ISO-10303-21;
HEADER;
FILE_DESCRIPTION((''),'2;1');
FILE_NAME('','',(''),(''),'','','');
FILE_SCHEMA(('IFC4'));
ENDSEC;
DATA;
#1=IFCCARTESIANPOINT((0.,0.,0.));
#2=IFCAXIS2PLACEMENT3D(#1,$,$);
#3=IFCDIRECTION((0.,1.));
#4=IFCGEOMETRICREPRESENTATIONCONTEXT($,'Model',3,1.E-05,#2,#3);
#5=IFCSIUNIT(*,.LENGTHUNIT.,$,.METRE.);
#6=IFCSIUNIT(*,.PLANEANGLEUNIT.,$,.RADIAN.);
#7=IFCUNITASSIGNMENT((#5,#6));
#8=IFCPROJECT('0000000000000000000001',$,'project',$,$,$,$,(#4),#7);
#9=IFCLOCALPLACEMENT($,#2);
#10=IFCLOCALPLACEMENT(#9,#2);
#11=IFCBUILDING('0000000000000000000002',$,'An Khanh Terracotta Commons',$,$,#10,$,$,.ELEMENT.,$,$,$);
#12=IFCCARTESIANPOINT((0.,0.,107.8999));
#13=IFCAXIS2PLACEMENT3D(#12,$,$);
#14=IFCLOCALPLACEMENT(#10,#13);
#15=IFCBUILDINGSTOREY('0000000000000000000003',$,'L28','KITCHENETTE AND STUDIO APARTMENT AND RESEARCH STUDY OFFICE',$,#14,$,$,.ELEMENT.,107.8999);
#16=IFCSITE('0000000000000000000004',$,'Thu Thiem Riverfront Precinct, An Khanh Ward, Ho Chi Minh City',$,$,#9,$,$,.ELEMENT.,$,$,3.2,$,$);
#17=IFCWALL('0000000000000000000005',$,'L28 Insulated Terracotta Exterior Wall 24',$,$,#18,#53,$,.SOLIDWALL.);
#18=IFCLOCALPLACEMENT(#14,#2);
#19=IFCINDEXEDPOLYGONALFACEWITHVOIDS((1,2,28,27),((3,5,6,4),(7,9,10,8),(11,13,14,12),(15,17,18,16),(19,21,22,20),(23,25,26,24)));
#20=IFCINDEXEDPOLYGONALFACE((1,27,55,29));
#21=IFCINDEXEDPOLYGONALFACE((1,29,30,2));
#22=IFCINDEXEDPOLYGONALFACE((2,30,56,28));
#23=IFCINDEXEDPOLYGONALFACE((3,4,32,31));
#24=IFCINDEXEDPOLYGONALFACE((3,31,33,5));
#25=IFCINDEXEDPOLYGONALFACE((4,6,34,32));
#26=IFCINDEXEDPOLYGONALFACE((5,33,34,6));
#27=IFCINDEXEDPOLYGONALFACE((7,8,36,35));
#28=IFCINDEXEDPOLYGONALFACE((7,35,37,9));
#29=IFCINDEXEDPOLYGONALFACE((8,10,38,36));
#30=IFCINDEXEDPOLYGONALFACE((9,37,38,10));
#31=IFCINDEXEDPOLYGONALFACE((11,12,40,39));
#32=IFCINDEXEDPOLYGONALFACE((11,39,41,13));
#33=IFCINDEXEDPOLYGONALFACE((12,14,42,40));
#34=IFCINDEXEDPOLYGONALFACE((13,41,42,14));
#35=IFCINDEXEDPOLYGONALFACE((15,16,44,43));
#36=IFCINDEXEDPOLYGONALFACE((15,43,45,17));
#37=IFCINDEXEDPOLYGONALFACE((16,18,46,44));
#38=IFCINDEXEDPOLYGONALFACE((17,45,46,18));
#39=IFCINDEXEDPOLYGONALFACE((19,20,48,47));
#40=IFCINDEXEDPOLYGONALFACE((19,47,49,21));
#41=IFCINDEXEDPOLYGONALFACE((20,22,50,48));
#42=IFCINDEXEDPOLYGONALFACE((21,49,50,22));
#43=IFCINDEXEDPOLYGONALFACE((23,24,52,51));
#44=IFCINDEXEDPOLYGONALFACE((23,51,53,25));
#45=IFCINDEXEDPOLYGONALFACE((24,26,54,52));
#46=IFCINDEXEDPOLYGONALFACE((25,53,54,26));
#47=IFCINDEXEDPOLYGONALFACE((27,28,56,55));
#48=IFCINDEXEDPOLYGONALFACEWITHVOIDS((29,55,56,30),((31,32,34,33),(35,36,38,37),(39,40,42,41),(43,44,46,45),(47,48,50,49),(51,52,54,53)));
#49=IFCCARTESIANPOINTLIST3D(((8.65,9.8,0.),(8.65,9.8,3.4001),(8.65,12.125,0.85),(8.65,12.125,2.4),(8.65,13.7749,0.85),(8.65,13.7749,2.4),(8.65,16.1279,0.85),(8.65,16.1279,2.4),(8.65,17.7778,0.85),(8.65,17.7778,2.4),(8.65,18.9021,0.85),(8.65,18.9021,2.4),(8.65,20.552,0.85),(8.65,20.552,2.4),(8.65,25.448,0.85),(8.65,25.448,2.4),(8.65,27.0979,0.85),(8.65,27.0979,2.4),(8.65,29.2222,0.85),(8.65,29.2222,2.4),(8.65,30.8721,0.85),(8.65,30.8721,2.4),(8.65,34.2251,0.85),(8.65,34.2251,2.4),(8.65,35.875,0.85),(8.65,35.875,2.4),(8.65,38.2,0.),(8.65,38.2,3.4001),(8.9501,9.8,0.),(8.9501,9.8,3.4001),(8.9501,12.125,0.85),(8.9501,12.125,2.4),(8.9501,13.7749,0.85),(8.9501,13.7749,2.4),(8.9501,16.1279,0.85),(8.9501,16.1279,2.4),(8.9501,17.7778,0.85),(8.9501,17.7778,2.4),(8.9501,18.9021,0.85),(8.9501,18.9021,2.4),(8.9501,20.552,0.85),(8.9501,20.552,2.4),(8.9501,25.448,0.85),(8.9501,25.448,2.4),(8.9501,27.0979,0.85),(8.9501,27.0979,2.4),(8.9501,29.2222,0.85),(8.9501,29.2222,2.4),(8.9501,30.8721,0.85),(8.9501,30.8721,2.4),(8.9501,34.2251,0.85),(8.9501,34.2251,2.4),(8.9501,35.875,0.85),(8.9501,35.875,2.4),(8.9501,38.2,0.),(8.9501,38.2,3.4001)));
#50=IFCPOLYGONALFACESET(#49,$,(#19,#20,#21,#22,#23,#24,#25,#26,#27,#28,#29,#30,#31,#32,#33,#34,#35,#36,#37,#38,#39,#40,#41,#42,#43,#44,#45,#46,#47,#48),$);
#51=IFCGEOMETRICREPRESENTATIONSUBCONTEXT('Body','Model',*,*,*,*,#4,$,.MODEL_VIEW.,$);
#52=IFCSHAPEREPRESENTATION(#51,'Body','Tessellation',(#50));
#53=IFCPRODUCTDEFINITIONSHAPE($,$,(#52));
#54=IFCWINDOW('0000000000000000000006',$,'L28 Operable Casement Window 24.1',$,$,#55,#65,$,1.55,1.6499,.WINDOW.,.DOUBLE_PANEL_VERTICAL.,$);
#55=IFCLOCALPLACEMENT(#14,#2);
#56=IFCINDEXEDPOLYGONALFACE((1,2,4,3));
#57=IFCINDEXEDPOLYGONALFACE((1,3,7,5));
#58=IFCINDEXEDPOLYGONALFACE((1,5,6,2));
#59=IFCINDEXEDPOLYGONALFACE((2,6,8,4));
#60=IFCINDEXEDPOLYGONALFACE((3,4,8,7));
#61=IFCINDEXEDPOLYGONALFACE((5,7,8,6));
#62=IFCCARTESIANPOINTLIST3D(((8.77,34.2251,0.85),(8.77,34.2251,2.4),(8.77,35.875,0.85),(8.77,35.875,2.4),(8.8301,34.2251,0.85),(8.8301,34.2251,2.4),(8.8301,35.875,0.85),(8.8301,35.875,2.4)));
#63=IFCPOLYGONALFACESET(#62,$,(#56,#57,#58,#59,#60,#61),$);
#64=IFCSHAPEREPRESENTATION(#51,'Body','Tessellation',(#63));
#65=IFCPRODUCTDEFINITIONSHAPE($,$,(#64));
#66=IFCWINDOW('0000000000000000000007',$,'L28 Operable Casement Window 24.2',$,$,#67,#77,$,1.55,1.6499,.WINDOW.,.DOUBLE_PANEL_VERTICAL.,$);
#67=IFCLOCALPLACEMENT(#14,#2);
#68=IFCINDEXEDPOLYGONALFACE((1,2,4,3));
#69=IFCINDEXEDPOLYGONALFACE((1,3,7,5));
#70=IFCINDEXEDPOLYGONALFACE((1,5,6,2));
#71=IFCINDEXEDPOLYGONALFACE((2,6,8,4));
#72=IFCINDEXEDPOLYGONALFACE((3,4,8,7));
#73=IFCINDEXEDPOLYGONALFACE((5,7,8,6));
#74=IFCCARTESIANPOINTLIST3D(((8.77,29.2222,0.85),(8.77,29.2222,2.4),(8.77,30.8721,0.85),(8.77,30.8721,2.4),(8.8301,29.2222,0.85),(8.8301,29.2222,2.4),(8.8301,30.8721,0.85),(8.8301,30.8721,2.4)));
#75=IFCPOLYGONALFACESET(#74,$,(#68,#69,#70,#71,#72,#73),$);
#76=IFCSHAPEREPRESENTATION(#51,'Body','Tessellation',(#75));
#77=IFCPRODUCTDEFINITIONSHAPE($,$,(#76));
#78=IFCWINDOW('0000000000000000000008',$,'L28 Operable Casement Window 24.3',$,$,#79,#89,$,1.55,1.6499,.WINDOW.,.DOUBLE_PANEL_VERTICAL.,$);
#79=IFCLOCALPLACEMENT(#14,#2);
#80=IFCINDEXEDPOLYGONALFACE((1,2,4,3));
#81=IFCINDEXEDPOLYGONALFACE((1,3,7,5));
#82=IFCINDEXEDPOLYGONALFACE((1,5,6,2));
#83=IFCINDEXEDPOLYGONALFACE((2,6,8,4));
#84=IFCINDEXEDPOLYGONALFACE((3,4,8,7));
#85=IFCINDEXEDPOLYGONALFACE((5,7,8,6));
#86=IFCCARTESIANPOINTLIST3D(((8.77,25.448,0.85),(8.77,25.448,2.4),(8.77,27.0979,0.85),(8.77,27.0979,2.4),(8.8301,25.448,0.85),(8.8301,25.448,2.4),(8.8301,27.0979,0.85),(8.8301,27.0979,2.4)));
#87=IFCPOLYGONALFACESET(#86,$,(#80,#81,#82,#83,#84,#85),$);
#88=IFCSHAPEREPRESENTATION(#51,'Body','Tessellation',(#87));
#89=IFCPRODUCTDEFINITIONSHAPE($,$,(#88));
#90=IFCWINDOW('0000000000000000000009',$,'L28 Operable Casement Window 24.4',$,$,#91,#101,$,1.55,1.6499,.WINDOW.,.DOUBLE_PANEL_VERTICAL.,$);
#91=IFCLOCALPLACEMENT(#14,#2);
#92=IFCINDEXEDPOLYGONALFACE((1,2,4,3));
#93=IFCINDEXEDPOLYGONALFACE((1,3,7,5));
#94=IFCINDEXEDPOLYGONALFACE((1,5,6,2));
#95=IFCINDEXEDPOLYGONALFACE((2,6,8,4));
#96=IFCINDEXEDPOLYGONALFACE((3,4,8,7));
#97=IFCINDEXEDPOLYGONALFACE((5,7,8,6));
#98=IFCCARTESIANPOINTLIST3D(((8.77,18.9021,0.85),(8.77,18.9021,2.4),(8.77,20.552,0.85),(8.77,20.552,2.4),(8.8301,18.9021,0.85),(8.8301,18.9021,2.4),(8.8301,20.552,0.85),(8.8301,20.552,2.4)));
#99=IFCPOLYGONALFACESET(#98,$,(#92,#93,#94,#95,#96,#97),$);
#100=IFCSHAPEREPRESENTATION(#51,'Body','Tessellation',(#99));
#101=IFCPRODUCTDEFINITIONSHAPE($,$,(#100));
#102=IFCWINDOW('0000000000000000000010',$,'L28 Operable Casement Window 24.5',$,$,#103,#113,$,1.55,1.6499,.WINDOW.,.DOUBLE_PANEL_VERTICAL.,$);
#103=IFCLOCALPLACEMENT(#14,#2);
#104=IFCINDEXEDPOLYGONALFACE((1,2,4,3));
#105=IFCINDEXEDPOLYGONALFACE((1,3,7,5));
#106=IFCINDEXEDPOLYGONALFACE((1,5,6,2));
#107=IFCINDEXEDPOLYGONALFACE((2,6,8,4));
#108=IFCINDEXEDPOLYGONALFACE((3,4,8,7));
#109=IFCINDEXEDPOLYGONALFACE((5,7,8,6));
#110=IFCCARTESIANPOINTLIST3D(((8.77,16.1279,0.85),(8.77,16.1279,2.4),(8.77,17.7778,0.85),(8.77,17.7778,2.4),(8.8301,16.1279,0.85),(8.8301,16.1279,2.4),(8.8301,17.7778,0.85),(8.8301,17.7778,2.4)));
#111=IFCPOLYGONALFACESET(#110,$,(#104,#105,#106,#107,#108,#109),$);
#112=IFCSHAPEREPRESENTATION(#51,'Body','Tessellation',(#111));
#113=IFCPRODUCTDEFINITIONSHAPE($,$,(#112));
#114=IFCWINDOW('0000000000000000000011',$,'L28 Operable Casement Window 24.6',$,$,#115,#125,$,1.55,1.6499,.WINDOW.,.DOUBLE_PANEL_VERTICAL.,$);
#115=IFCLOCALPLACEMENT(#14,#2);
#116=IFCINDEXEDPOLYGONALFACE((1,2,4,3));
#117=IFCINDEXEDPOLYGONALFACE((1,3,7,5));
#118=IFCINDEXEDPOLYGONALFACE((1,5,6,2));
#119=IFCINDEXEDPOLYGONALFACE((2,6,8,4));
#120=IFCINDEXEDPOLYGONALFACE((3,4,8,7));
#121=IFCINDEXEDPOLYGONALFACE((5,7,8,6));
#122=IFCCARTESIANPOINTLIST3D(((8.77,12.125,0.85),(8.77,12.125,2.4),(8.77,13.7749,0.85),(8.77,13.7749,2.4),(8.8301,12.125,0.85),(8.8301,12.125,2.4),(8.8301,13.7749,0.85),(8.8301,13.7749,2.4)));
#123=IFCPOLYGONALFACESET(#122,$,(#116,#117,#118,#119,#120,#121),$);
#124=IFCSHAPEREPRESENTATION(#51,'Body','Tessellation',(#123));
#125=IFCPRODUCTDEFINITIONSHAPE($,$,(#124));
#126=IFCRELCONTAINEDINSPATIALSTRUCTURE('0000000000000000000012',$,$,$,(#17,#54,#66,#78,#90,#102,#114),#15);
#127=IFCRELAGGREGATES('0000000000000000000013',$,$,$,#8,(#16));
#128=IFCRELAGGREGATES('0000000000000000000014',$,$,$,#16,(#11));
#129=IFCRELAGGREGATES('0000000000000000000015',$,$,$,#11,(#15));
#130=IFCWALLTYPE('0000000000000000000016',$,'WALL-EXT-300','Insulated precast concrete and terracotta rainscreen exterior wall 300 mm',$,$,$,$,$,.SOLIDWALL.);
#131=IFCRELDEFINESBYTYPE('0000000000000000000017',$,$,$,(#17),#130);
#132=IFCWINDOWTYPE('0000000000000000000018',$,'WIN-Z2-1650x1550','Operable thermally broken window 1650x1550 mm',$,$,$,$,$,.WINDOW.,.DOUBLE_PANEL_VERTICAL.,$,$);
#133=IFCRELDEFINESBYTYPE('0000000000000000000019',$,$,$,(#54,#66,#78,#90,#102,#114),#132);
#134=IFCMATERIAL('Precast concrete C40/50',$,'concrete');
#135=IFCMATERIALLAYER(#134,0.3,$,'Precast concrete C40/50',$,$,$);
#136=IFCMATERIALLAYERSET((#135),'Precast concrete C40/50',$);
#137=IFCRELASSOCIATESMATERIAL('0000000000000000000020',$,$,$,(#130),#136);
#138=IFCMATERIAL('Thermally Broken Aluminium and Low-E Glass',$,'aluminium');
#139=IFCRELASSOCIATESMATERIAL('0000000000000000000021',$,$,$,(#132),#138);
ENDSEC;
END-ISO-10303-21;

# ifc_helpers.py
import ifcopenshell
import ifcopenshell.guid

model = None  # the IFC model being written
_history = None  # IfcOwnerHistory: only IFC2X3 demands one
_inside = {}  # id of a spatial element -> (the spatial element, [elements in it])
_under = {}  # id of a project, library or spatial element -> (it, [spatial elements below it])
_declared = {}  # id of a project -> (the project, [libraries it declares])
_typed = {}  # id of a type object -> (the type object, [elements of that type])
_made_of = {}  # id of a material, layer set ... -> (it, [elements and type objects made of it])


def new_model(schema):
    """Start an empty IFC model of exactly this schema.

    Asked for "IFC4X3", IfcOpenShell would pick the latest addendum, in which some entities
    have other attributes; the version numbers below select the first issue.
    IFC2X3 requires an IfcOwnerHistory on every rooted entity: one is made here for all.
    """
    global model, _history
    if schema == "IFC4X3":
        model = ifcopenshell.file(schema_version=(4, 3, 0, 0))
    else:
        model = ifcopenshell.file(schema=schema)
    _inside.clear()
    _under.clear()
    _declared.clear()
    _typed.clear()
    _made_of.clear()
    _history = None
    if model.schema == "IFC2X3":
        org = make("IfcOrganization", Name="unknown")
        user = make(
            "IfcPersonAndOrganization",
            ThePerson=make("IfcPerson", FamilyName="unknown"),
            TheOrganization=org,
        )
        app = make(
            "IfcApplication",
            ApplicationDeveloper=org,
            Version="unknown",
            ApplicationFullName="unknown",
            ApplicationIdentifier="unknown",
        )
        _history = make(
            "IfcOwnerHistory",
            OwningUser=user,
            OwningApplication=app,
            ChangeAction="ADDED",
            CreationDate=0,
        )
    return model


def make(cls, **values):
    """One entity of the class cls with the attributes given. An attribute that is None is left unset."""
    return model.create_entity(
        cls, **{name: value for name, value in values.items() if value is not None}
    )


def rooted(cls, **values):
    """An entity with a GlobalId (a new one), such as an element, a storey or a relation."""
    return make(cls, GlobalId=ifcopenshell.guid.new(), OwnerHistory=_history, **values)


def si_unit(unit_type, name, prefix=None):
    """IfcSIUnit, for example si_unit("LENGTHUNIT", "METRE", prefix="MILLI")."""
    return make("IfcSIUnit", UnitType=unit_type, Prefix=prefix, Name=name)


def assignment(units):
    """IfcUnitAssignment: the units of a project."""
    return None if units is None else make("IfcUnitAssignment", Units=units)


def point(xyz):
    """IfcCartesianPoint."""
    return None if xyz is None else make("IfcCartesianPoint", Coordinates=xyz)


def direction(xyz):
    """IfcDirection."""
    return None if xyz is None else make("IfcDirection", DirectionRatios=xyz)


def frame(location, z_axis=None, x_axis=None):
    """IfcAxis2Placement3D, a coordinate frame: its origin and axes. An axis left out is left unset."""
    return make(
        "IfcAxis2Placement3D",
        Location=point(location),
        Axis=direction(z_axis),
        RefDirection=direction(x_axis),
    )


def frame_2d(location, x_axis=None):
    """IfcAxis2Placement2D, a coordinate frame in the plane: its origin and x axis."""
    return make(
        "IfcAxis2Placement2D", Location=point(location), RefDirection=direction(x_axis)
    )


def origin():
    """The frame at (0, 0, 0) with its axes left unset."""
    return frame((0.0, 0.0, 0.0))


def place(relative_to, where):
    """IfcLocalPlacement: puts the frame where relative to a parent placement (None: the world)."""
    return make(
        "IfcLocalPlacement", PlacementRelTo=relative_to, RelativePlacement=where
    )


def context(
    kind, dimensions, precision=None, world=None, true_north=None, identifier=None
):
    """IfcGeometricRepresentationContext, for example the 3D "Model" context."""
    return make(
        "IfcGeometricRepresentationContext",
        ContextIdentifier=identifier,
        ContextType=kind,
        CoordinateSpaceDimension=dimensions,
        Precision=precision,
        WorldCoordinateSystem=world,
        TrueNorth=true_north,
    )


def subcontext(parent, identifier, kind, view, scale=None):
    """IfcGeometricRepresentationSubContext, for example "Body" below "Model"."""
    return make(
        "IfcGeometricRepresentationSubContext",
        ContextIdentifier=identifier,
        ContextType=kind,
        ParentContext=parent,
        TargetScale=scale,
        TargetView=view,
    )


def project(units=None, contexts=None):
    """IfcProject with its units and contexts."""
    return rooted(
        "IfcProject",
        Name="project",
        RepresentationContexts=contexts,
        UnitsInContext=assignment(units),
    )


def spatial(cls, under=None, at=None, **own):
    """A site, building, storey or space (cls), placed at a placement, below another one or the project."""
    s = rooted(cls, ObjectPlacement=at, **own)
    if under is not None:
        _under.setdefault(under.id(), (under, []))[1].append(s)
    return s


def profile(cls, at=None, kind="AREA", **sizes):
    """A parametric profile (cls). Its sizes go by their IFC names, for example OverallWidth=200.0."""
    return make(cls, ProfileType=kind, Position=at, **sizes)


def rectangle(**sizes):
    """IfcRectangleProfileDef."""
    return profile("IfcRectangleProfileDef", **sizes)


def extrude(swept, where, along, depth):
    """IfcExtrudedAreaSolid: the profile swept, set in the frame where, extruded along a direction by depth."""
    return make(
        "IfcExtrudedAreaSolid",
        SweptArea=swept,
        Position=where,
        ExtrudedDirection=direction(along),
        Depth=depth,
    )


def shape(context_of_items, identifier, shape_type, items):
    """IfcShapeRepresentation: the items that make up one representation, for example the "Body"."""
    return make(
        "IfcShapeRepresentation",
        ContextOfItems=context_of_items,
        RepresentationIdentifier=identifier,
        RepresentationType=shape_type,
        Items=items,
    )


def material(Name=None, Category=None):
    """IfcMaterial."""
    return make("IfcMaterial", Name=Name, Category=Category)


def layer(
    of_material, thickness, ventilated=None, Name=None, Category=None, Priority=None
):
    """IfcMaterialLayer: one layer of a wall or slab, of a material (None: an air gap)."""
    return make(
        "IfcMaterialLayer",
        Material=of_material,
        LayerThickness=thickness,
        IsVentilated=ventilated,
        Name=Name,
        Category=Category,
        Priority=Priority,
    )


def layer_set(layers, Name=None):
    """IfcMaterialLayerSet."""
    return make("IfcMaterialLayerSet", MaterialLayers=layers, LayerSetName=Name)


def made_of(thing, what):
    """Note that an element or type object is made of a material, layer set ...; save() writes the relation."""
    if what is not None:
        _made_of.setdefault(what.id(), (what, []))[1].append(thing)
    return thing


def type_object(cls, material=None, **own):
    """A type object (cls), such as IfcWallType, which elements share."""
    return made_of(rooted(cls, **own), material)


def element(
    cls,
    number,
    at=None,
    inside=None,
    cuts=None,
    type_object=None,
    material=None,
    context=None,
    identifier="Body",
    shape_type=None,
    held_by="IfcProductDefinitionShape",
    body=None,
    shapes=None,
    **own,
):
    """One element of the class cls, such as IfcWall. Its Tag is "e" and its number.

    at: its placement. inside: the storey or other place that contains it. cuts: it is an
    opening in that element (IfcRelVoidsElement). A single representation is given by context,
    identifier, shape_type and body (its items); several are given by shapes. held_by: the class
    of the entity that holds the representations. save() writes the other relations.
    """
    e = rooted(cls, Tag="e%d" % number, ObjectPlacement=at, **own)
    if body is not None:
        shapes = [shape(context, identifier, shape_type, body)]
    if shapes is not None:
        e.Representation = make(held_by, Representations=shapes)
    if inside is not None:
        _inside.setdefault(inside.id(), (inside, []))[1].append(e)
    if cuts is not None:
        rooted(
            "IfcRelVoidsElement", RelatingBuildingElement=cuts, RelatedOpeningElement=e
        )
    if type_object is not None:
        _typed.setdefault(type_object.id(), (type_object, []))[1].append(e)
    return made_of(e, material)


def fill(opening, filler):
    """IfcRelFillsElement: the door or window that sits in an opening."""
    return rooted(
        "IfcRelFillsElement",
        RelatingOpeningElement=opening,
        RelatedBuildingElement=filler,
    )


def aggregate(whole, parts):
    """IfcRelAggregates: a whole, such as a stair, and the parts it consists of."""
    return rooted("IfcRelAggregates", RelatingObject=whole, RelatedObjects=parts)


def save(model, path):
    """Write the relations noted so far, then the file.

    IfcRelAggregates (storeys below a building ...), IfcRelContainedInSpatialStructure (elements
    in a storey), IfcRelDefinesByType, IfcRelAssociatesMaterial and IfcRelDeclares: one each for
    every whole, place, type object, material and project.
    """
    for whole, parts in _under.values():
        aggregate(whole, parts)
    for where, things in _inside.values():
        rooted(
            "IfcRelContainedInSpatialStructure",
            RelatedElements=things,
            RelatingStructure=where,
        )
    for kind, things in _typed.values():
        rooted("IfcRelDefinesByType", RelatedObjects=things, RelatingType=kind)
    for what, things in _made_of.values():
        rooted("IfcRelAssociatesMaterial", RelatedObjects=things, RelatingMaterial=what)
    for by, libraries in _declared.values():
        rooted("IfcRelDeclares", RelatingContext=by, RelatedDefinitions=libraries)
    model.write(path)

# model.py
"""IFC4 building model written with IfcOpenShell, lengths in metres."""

from ifc_helpers import new_model, si_unit, direction, frame, frame_2d, origin, place, context, subcontext, project, spatial, rectangle, extrude, material, layer, layer_set, type_object, element, fill, save


model = new_model("IFC4")

# Units and contexts
model_context = context("Model", 3, precision=1e-05, world=origin(), true_north=direction((0.0, 1.0)))
body_context = subcontext(model_context, "Body", "Model", "MODEL_VIEW")
ifc_project = project(units=[si_unit("LENGTHUNIT", "METRE"), si_unit("PLANEANGLEUNIT", "RADIAN")], contexts=[model_context])

# Site, building, storey
site_placement = place(None, origin())
site = spatial("IfcSite", under=ifc_project, at=site_placement, Name="Thu Thiem Riverfront Precinct, An Khanh Ward, Ho Chi Minh City", CompositionType="ELEMENT", RefElevation=3.2)
building_placement = place(site_placement, origin())
building = spatial("IfcBuilding", under=site, at=building_placement, Name="An Khanh Terracotta Commons", CompositionType="ELEMENT")
storey_placement = place(building_placement, frame((0.0, 0.0, 107.8999)))
storey = spatial("IfcBuildingStorey", under=building, at=storey_placement, Name="L28", Description="KITCHENETTE AND STUDIO APARTMENT AND RESEARCH STUDY OFFICE", CompositionType="ELEMENT", Elevation=107.8999)

# Shared definitions
ifc_material_1 = material(Name="Precast concrete C40/50", Category="concrete")
ifc_layer_1 = layer(ifc_material_1, 0.3, Name="Precast concrete C40/50")
ifc_layer_set_1 = layer_set([ifc_layer_1], Name="Precast concrete C40/50")
wall_type_1 = type_object("IfcWallType", Name="WALL-EXT-300", Description="Insulated precast concrete and terracotta rainscreen exterior wall 300 mm", PredefinedType="SOLIDWALL", material=ifc_layer_set_1)

# Wall, openings, windows
wall_1_placement = place(storey_placement, frame((8.8, 38.2, 0.0), z_axis=(0.0, 0.0, 1.0), x_axis=(0.0, -1.0, 0.0)))
wall_1 = element("IfcWall", 1, at=wall_1_placement, inside=storey, type_object=wall_type_1, Name="L28 Insulated Terracotta Exterior Wall 24", PredefinedType="SOLIDWALL", context=body_context, shape_type="SweptSolid", body=[
    extrude(rectangle(XDim=28.3999, YDim=0.3, at=frame_2d((14.2, 0.0))), origin(), (0.0, 0.0, 1.0), 3.4001),
])
opening_1_placement = place(wall_1_placement, frame((2.325, 0.0, 0.8501)))
opening_1 = element("IfcOpeningElement", 2, at=opening_1_placement, cuts=wall_1, PredefinedType="OPENING", context=body_context, shape_type="SweptSolid", body=[
    extrude(rectangle(XDim=1.6499, YDim=1.55, at=frame_2d((0.825, 0.7749))), frame((0.0, 0.1599, 0.0), z_axis=(0.0, -1.0, 0.0), x_axis=(1.0, 0.0, 0.0)), (0.0, 0.0, 1.0), 0.3201),
])
opening_2_placement = place(wall_1_placement, frame((7.3279, 0.0, 0.8501)))
opening_2 = element("IfcOpeningElement", 3, at=opening_2_placement, cuts=wall_1, PredefinedType="OPENING", context=body_context, shape_type="SweptSolid", body=[
    extrude(rectangle(XDim=1.6499, YDim=1.55, at=frame_2d((0.825, 0.7749))), frame((0.0, 0.1599, 0.0), z_axis=(0.0, -1.0, 0.0), x_axis=(1.0, 0.0, 0.0)), (0.0, 0.0, 1.0), 0.3201),
])
opening_3_placement = place(wall_1_placement, frame((11.1021, 0.0, 0.8501)))
opening_3 = element("IfcOpeningElement", 4, at=opening_3_placement, cuts=wall_1, PredefinedType="OPENING", context=body_context, shape_type="SweptSolid", body=[
    extrude(rectangle(XDim=1.6499, YDim=1.55, at=frame_2d((0.825, 0.7749))), frame((0.0, 0.1599, 0.0), z_axis=(0.0, -1.0, 0.0), x_axis=(1.0, 0.0, 0.0)), (0.0, 0.0, 1.0), 0.3201),
])
opening_4_placement = place(wall_1_placement, frame((17.6479, 0.0, 0.8501)))
opening_4 = element("IfcOpeningElement", 5, at=opening_4_placement, cuts=wall_1, PredefinedType="OPENING", context=body_context, shape_type="SweptSolid", body=[
    extrude(rectangle(XDim=1.6499, YDim=1.55, at=frame_2d((0.825, 0.7749))), frame((0.0, 0.1599, 0.0), z_axis=(0.0, -1.0, 0.0), x_axis=(1.0, 0.0, 0.0)), (0.0, 0.0, 1.0), 0.3201),
])
opening_5_placement = place(wall_1_placement, frame((20.4221, 0.0, 0.8501)))
opening_5 = element("IfcOpeningElement", 6, at=opening_5_placement, cuts=wall_1, PredefinedType="OPENING", context=body_context, shape_type="SweptSolid", body=[
    extrude(rectangle(XDim=1.6499, YDim=1.55, at=frame_2d((0.825, 0.7749))), frame((0.0, 0.1599, 0.0), z_axis=(0.0, -1.0, 0.0), x_axis=(1.0, 0.0, 0.0)), (0.0, 0.0, 1.0), 0.3201),
])
opening_6_placement = place(wall_1_placement, frame((24.425, 0.0, 0.8501)))
opening_6 = element("IfcOpeningElement", 7, at=opening_6_placement, cuts=wall_1, PredefinedType="OPENING", context=body_context, shape_type="SweptSolid", body=[
    extrude(rectangle(XDim=1.6499, YDim=1.55, at=frame_2d((0.825, 0.7749))), frame((0.0, 0.1599, 0.0), z_axis=(0.0, -1.0, 0.0), x_axis=(1.0, 0.0, 0.0)), (0.0, 0.0, 1.0), 0.3201),
])
ifc_material_2 = material(Name="Thermally Broken Aluminium and Low-E Glass", Category="aluminium")
window_type = type_object("IfcWindowType", Name="WIN-Z2-1650x1550", Description="Operable thermally broken window 1650x1550 mm", PartitioningType="DOUBLE_PANEL_VERTICAL", PredefinedType="WINDOW", material=ifc_material_2)
window_1_placement = place(opening_1_placement, origin())
window_1 = element("IfcWindow", 8, at=window_1_placement, inside=storey, type_object=window_type, Name="L28 Operable Casement Window 24.1", OverallHeight=1.55, OverallWidth=1.6499, PartitioningType="DOUBLE_PANEL_VERTICAL", PredefinedType="WINDOW", context=body_context, shape_type="SweptSolid", body=[
    extrude(rectangle(XDim=1.6499, YDim=1.55, at=frame_2d((0.825, 0.7749))), frame((0.0, 0.03, 0.0), z_axis=(0.0, -1.0, 0.0), x_axis=(1.0, 0.0, 0.0)), (0.0, 0.0, 1.0), 0.0601),
])
fill(opening_1, window_1)
window_2_placement = place(opening_2_placement, origin())
window_2 = element("IfcWindow", 9, at=window_2_placement, inside=storey, type_object=window_type, Name="L28 Operable Casement Window 24.2", OverallHeight=1.55, OverallWidth=1.6499, PartitioningType="DOUBLE_PANEL_VERTICAL", PredefinedType="WINDOW", context=body_context, shape_type="SweptSolid", body=[
    extrude(rectangle(XDim=1.6499, YDim=1.55, at=frame_2d((0.825, 0.7749))), frame((0.0, 0.03, 0.0), z_axis=(0.0, -1.0, 0.0), x_axis=(1.0, 0.0, 0.0)), (0.0, 0.0, 1.0), 0.0601),
])
fill(opening_2, window_2)
window_3_placement = place(opening_3_placement, origin())
window_3 = element("IfcWindow", 10, at=window_3_placement, inside=storey, type_object=window_type, Name="L28 Operable Casement Window 24.3", OverallHeight=1.55, OverallWidth=1.6499, PartitioningType="DOUBLE_PANEL_VERTICAL", PredefinedType="WINDOW", context=body_context, shape_type="SweptSolid", body=[
    extrude(rectangle(XDim=1.6499, YDim=1.55, at=frame_2d((0.825, 0.7749))), frame((0.0, 0.03, 0.0), z_axis=(0.0, -1.0, 0.0), x_axis=(1.0, 0.0, 0.0)), (0.0, 0.0, 1.0), 0.0601),
])
fill(opening_3, window_3)
window_4_placement = place(opening_4_placement, origin())
window_4 = element("IfcWindow", 11, at=window_4_placement, inside=storey, type_object=window_type, Name="L28 Operable Casement Window 24.4", OverallHeight=1.55, OverallWidth=1.6499, PartitioningType="DOUBLE_PANEL_VERTICAL", PredefinedType="WINDOW", context=body_context, shape_type="SweptSolid", body=[
    extrude(rectangle(XDim=1.6499, YDim=1.55, at=frame_2d((0.825, 0.7749))), frame((0.0, 0.03, 0.0), z_axis=(0.0, -1.0, 0.0), x_axis=(1.0, 0.0, 0.0)), (0.0, 0.0, 1.0), 0.0601),
])
fill(opening_4, window_4)
window_5_placement = place(opening_5_placement, origin())
window_5 = element("IfcWindow", 12, at=window_5_placement, inside=storey, type_object=window_type, Name="L28 Operable Casement Window 24.5", OverallHeight=1.55, OverallWidth=1.6499, PartitioningType="DOUBLE_PANEL_VERTICAL", PredefinedType="WINDOW", context=body_context, shape_type="SweptSolid", body=[
    extrude(rectangle(XDim=1.6499, YDim=1.55, at=frame_2d((0.825, 0.7749))), frame((0.0, 0.03, 0.0), z_axis=(0.0, -1.0, 0.0), x_axis=(1.0, 0.0, 0.0)), (0.0, 0.0, 1.0), 0.0601),
])
fill(opening_5, window_5)
window_6_placement = place(opening_6_placement, origin())
window_6 = element("IfcWindow", 13, at=window_6_placement, inside=storey, type_object=window_type, Name="L28 Operable Casement Window 24.6", OverallHeight=1.55, OverallWidth=1.6499, PartitioningType="DOUBLE_PANEL_VERTICAL", PredefinedType="WINDOW", context=body_context, shape_type="SweptSolid", body=[
    extrude(rectangle(XDim=1.6499, YDim=1.55, at=frame_2d((0.825, 0.7749))), frame((0.0, 0.03, 0.0), z_axis=(0.0, -1.0, 0.0), x_axis=(1.0, 0.0, 0.0)), (0.0, 0.0, 1.0), 0.0601),
])
fill(opening_6, window_6)

save(model, "model.ifc")
